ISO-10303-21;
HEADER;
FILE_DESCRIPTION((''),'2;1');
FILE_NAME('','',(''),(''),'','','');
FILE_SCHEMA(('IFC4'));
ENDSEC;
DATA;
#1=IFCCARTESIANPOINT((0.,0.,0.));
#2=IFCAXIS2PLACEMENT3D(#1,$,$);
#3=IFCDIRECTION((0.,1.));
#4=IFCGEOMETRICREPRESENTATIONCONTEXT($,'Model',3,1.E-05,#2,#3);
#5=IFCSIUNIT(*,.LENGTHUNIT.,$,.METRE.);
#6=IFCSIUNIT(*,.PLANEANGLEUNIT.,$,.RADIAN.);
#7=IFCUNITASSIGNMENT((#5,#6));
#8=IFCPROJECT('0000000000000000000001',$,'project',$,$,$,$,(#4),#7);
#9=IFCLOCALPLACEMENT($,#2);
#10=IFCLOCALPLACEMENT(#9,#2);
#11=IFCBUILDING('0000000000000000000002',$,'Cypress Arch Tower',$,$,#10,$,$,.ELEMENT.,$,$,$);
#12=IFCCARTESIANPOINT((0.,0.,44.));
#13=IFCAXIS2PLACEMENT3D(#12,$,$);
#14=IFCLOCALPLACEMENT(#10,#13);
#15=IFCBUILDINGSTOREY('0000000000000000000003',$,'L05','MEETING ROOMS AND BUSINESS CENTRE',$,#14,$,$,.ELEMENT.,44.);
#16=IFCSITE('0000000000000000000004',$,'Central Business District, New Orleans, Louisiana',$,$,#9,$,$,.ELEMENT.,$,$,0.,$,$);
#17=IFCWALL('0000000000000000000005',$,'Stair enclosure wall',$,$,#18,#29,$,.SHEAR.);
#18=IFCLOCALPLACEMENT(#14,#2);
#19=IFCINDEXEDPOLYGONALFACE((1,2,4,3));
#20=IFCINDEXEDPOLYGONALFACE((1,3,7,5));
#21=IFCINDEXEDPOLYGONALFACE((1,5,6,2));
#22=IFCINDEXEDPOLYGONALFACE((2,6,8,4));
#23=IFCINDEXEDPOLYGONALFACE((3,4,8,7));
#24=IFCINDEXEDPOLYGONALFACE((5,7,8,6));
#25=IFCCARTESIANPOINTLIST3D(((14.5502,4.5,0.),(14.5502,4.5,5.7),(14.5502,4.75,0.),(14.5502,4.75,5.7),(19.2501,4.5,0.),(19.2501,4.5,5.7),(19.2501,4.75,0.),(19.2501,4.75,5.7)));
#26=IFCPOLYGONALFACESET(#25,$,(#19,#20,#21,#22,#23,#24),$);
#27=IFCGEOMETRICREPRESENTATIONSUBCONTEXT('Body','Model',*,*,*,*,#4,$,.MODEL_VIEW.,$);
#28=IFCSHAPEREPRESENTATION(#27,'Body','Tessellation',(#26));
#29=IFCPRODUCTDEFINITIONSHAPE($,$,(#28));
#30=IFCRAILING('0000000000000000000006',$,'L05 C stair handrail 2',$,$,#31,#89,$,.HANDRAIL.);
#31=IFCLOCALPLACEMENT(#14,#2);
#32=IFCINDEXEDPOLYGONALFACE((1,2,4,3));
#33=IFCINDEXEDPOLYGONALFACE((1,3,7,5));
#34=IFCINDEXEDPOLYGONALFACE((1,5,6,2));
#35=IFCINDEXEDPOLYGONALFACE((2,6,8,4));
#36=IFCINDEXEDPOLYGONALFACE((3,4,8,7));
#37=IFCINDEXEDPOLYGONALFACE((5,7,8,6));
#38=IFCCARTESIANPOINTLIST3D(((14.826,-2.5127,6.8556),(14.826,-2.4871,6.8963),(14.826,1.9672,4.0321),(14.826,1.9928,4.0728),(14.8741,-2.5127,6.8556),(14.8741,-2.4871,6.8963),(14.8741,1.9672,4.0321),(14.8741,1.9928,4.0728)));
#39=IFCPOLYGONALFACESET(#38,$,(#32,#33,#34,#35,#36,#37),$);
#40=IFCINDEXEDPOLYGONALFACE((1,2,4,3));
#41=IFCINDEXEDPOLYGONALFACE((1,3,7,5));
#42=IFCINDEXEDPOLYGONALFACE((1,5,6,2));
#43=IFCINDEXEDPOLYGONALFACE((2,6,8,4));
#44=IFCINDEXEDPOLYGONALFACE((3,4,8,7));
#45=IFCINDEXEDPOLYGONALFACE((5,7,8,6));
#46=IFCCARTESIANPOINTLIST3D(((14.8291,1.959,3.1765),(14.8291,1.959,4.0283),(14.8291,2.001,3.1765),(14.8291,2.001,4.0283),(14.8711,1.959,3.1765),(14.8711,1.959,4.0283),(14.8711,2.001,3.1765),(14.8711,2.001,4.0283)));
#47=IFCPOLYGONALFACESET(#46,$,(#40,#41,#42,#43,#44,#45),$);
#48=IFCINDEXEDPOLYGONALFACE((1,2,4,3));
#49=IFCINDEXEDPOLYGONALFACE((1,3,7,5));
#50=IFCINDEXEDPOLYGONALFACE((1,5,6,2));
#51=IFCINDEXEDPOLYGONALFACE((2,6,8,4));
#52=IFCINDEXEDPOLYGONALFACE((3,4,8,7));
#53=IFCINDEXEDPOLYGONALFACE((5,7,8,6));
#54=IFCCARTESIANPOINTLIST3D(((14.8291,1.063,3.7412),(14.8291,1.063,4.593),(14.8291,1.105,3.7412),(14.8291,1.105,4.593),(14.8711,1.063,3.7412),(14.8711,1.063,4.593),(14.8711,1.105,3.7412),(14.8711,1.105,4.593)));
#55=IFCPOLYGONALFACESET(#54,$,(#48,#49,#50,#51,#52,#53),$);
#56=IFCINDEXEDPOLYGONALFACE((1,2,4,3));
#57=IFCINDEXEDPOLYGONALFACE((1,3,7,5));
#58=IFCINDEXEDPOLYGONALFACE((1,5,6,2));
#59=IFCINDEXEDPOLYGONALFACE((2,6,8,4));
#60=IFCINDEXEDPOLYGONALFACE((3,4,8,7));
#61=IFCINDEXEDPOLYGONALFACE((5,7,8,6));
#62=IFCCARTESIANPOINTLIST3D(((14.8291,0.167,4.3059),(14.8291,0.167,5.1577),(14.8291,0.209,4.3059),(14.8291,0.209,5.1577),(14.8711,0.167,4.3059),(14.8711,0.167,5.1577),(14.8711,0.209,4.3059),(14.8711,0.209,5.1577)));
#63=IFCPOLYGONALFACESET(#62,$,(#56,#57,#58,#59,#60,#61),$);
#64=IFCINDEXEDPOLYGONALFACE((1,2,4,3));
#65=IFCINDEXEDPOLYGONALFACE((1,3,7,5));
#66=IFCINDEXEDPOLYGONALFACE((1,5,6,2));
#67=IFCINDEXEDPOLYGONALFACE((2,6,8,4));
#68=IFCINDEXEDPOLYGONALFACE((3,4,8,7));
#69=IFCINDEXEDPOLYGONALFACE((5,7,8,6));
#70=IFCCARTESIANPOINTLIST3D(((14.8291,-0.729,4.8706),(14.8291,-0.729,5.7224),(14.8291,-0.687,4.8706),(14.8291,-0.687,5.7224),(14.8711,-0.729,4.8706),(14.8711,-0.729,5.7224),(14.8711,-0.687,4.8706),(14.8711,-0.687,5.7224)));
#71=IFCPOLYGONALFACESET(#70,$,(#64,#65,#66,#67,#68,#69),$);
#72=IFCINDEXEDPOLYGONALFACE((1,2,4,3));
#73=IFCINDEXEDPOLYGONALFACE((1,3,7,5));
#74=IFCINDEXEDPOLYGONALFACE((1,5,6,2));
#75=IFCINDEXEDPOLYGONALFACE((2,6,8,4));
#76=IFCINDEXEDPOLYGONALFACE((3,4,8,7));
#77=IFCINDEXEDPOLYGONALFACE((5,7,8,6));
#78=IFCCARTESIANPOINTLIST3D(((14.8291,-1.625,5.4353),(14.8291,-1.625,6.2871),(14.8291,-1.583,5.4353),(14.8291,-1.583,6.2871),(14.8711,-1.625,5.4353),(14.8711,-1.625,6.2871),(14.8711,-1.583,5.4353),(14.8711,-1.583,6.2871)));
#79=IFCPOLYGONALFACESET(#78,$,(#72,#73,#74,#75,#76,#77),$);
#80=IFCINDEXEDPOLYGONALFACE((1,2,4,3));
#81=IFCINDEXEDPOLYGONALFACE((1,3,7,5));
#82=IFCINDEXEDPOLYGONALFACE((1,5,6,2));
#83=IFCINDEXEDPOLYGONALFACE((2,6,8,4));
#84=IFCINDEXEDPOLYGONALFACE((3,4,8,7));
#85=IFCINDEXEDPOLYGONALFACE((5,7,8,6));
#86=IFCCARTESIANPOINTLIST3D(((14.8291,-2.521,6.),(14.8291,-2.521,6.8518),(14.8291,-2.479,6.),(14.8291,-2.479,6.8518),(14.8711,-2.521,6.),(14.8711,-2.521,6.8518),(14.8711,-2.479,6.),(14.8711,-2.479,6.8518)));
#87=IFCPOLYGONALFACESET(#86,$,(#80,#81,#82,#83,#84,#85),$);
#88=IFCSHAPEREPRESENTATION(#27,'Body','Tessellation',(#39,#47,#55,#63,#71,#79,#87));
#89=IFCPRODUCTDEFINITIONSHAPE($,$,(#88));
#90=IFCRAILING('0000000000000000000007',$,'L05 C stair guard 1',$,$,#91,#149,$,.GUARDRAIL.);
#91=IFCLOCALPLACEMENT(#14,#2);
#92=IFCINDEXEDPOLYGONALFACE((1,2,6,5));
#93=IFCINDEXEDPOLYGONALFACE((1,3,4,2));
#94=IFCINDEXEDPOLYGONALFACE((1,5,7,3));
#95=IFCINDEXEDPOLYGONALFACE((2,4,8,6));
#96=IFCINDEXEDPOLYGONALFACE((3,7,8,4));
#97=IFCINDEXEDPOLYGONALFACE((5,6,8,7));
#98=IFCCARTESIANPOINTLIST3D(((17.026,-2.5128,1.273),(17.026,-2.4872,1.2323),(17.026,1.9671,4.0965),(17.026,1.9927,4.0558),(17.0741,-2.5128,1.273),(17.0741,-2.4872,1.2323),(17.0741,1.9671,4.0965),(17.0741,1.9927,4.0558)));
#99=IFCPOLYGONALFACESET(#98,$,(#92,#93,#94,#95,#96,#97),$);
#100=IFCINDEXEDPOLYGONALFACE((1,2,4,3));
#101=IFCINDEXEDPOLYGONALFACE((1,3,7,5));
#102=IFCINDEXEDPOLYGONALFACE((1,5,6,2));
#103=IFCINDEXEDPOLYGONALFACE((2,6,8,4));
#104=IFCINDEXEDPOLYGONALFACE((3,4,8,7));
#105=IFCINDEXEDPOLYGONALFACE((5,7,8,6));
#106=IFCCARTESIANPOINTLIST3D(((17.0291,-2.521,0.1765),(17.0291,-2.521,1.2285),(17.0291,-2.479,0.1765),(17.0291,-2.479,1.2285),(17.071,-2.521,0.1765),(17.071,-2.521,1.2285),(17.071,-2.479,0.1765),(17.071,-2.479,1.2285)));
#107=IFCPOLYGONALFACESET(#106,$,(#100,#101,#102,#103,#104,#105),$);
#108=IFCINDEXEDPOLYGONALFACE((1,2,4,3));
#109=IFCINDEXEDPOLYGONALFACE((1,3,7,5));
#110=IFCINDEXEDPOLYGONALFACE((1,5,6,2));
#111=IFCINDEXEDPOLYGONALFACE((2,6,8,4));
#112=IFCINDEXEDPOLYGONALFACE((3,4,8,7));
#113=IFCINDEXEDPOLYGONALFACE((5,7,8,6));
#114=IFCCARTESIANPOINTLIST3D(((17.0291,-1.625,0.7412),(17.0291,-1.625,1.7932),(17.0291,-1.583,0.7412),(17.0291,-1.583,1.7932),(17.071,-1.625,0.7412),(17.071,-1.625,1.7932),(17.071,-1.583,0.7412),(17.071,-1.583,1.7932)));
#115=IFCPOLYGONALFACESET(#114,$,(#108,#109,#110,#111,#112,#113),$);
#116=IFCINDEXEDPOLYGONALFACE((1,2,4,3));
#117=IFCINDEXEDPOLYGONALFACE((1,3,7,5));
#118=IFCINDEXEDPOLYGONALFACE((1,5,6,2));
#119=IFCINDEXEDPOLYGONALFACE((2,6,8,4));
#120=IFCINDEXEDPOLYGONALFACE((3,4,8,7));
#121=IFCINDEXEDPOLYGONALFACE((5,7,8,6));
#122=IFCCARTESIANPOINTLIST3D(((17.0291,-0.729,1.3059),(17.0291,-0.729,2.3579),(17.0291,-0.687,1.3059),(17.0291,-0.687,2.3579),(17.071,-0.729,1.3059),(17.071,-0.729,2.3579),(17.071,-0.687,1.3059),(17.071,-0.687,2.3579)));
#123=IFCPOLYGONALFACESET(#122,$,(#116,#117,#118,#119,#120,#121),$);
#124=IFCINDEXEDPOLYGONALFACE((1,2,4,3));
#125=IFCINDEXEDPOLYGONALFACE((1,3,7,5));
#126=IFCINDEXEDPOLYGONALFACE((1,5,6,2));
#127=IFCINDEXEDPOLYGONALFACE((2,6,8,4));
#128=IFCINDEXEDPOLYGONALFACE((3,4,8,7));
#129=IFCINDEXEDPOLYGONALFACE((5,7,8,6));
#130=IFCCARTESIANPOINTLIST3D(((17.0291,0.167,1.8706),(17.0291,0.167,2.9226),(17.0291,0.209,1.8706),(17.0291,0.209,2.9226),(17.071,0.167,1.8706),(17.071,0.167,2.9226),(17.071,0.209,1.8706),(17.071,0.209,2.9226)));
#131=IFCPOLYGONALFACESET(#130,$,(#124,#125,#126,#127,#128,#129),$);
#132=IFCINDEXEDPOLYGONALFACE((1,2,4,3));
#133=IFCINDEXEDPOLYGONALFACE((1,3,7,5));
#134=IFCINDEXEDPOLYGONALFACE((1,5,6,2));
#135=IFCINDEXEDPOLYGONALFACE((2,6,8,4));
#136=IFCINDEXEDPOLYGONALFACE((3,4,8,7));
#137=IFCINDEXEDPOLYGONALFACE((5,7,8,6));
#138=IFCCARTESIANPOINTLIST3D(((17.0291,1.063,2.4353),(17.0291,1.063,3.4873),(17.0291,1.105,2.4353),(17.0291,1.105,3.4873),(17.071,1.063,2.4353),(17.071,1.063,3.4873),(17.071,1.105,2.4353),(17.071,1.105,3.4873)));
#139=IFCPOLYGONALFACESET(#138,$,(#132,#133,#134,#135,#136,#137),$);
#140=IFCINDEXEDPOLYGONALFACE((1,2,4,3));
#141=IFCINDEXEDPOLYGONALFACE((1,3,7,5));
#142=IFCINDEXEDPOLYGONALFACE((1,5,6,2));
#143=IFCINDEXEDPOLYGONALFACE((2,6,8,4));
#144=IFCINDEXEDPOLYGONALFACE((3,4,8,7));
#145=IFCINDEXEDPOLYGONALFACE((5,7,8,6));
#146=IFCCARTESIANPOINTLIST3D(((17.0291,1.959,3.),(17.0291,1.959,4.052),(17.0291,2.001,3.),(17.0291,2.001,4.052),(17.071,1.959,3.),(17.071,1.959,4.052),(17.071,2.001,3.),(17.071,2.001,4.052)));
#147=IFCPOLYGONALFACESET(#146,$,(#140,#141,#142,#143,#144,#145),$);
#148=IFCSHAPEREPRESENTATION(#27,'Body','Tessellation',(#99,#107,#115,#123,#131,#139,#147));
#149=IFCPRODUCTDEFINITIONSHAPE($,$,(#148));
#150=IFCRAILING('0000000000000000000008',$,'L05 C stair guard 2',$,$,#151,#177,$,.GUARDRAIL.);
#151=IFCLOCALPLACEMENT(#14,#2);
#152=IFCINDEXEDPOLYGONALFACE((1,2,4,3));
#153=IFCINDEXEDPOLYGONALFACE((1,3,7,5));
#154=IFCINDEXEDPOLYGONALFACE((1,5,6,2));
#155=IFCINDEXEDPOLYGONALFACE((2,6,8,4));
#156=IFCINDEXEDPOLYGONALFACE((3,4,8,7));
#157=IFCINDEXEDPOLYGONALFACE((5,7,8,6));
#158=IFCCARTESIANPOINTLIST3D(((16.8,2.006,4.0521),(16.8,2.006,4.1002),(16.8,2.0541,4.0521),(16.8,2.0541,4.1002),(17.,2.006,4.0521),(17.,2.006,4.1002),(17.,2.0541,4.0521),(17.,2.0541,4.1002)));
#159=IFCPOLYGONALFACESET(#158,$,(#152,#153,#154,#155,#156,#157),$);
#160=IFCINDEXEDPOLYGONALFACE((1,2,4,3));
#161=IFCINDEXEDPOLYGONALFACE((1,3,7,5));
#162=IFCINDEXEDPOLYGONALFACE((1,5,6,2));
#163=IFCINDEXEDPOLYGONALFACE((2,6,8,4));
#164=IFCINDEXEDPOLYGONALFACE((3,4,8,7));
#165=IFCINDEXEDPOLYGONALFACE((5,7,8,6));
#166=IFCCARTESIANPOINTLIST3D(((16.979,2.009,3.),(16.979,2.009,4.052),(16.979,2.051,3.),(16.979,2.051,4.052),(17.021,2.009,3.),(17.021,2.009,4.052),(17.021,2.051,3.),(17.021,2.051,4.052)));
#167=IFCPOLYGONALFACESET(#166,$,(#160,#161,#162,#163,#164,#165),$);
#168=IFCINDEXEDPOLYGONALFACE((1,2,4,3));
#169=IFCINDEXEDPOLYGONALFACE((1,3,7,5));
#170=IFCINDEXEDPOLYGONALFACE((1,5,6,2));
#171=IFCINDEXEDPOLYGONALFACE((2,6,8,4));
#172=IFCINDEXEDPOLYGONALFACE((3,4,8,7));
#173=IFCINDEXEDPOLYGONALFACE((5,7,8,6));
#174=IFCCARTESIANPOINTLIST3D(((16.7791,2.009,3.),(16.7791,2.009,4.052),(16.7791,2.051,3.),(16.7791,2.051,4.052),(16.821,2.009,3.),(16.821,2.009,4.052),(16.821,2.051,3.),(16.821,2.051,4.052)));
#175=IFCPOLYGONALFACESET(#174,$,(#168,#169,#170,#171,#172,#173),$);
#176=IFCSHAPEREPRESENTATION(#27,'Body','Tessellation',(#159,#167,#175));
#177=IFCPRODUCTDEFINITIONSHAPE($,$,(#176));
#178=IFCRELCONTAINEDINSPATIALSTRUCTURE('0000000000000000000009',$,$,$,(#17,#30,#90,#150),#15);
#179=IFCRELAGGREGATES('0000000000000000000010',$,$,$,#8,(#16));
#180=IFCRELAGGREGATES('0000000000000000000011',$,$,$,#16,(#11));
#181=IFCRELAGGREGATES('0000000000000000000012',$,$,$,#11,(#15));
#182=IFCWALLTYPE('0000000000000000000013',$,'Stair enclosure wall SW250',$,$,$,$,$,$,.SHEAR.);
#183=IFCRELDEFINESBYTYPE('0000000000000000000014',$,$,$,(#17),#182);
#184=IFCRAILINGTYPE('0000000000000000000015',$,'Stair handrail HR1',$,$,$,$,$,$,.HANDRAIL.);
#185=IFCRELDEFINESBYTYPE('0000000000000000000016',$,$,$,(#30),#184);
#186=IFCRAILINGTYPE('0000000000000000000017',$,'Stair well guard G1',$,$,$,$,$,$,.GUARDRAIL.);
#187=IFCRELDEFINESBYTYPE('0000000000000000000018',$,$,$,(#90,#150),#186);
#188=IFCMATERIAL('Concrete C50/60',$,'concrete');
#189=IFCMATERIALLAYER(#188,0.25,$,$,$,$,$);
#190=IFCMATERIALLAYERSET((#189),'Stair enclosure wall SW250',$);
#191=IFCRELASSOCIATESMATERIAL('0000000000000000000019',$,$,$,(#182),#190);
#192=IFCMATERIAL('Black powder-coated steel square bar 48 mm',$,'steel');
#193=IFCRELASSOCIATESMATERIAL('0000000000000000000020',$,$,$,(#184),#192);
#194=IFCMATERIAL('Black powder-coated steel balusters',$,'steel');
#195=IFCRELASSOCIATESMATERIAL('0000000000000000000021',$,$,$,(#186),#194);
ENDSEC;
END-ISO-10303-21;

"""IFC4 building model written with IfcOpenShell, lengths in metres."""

from ifc_helpers import new_model, si_unit, direction, frame, frame_2d, origin, origin_2d, place, context, subcontext, project, spatial, rectangle, extrude, material, layer, layer_set, type_object, element, save


model = new_model("IFC4")

# Units and contexts
model_context = context("Model", 3, precision=1e-05, world=origin(), true_north=direction((0.0, 1.0)))
body_context = subcontext(model_context, "Body", "Model", "MODEL_VIEW")
ifc_project = project(units=[si_unit("LENGTHUNIT", "METRE"), si_unit("PLANEANGLEUNIT", "RADIAN")], contexts=[model_context])

# Site, building, storey
site_placement = place(None, origin())
site = spatial("IfcSite", under=ifc_project, at=site_placement, Name="Central Business District, New Orleans, Louisiana", CompositionType="ELEMENT", RefElevation=0.0)
building_placement = place(site_placement, origin())
building = spatial("IfcBuilding", under=site, at=building_placement, Name="Cypress Arch Tower", CompositionType="ELEMENT")
storey_placement = place(building_placement, frame((0.0, 0.0, 44.0)))
storey = spatial("IfcBuildingStorey", under=building, at=storey_placement, Name="L05", Description="MEETING ROOMS AND BUSINESS CENTRE", CompositionType="ELEMENT", Elevation=44.0)

# Wall
ifc_material_1 = material(Name="Concrete C50/60", Category="concrete")
ifc_layer_1 = layer(ifc_material_1, 0.25)
ifc_layer_set_1 = layer_set([ifc_layer_1], Name="Stair enclosure wall SW250")
wall_type_1 = type_object("IfcWallType", Name="Stair enclosure wall SW250", PredefinedType="SHEAR", material=ifc_layer_set_1)
wall_1_placement = place(storey_placement, frame((14.55, 4.625, 0.0), z_axis=(0.0, 0.0, 1.0), x_axis=(1.0, 0.0, 0.0)))
element("IfcWall", 1, at=wall_1_placement, inside=storey, type_object=wall_type_1, Name="Stair enclosure wall", PredefinedType="SHEAR", context=body_context, shape_type="SweptSolid", body=[
    extrude(rectangle(XDim=4.7, YDim=0.25, at=frame_2d((2.3501, 0.0))), origin(), (0.0, 0.0, 1.0), 5.7),
])

# Railings
ifc_material_2 = material(Name="Black powder-coated steel square bar 48 mm", Category="steel")
railing_type_1 = type_object("IfcRailingType", Name="Stair handrail HR1", PredefinedType="HANDRAIL", material=ifc_material_2)
railing_1_placement = place(storey_placement, frame((14.8501, 1.98, 3.1765)))
element("IfcRailing", 2, at=railing_1_placement, inside=storey, type_object=railing_type_1, Name="L05 C stair handrail 2", PredefinedType="HANDRAIL", context=body_context, shape_type="SweptSolid", body=[
    extrude(rectangle(XDim=0.0481, YDim=0.0481, at=origin_2d()), frame((0.0, 0.0, 0.876), z_axis=(0.0, -0.845998, 0.533186), x_axis=(1.0, 0.0, 0.0)), (0.0, 0.0, 1.0), 5.2954),
    extrude(rectangle(XDim=0.042, YDim=0.042, at=origin_2d()), origin(), (0.0, 0.0, 1.0), 0.8518),
    extrude(rectangle(XDim=0.042, YDim=0.042, at=origin_2d()), frame((0.0, -0.896, 0.5647)), (0.0, 0.0, 1.0), 0.8518),
    extrude(rectangle(XDim=0.042, YDim=0.042, at=origin_2d()), frame((0.0, -1.792, 1.1294)), (0.0, 0.0, 1.0), 0.8518),
    extrude(rectangle(XDim=0.042, YDim=0.042, at=origin_2d()), frame((0.0, -2.688, 1.6941)), (0.0, 0.0, 1.0), 0.8518),
    extrude(rectangle(XDim=0.042, YDim=0.042, at=origin_2d()), frame((0.0, -3.584, 2.2588)), (0.0, 0.0, 1.0), 0.8518),
    extrude(rectangle(XDim=0.042, YDim=0.042, at=origin_2d()), frame((0.0, -4.48, 2.8235)), (0.0, 0.0, 1.0), 0.8518),
])
ifc_material_3 = material(Name="Black powder-coated steel balusters", Category="steel")
railing_type_2 = type_object("IfcRailingType", Name="Stair well guard G1", PredefinedType="GUARDRAIL", material=ifc_material_3)
railing_2_placement = place(storey_placement, frame((17.05, -2.5, 0.1765)))
element("IfcRailing", 3, at=railing_2_placement, inside=storey, type_object=railing_type_2, Name="L05 C stair guard 1", PredefinedType="GUARDRAIL", context=body_context, shape_type="SweptSolid", body=[
    extrude(rectangle(XDim=0.0481, YDim=0.0481, at=origin_2d()), frame((0.0, 0.0, 1.0762), z_axis=(0.0, 0.845998, 0.533186), x_axis=(-1.0, 0.0, 0.0)), (0.0, 0.0, 1.0), 5.2954),
    extrude(rectangle(XDim=0.042, YDim=0.042, at=origin_2d()), origin(), (0.0, 0.0, 1.0), 1.052),
    extrude(rectangle(XDim=0.042, YDim=0.042, at=origin_2d()), frame((0.0, 0.896, 0.5647)), (0.0, 0.0, 1.0), 1.052),
    extrude(rectangle(XDim=0.042, YDim=0.042, at=origin_2d()), frame((0.0, 1.792, 1.1294)), (0.0, 0.0, 1.0), 1.052),
    extrude(rectangle(XDim=0.042, YDim=0.042, at=origin_2d()), frame((0.0, 2.688, 1.6941)), (0.0, 0.0, 1.0), 1.052),
    extrude(rectangle(XDim=0.042, YDim=0.042, at=origin_2d()), frame((0.0, 3.584, 2.2588)), (0.0, 0.0, 1.0), 1.052),
    extrude(rectangle(XDim=0.042, YDim=0.042, at=origin_2d()), frame((0.0, 4.48, 2.8235)), (0.0, 0.0, 1.0), 1.052),
])
railing_3_placement = place(storey_placement, frame((17.0, 2.03, 3.0)))
element("IfcRailing", 4, at=railing_3_placement, inside=storey, type_object=railing_type_2, Name="L05 C stair guard 2", PredefinedType="GUARDRAIL", context=body_context, shape_type="SweptSolid", body=[
    extrude(rectangle(XDim=0.0481, YDim=0.0481, at=origin_2d()), frame((0.0, 0.0, 1.0762), z_axis=(-1.0, 0.0, 0.0), x_axis=(0.0, -1.0, 0.0)), (0.0, 0.0, 1.0), 0.2),
    extrude(rectangle(XDim=0.042, YDim=0.042, at=origin_2d()), origin(), (0.0, 0.0, 1.0), 1.052),
    extrude(rectangle(XDim=0.042, YDim=0.042, at=origin_2d()), frame((-0.2, 0.0, 0.0)), (0.0, 0.0, 1.0), 1.052),
])

save(model, "model.ifc")
